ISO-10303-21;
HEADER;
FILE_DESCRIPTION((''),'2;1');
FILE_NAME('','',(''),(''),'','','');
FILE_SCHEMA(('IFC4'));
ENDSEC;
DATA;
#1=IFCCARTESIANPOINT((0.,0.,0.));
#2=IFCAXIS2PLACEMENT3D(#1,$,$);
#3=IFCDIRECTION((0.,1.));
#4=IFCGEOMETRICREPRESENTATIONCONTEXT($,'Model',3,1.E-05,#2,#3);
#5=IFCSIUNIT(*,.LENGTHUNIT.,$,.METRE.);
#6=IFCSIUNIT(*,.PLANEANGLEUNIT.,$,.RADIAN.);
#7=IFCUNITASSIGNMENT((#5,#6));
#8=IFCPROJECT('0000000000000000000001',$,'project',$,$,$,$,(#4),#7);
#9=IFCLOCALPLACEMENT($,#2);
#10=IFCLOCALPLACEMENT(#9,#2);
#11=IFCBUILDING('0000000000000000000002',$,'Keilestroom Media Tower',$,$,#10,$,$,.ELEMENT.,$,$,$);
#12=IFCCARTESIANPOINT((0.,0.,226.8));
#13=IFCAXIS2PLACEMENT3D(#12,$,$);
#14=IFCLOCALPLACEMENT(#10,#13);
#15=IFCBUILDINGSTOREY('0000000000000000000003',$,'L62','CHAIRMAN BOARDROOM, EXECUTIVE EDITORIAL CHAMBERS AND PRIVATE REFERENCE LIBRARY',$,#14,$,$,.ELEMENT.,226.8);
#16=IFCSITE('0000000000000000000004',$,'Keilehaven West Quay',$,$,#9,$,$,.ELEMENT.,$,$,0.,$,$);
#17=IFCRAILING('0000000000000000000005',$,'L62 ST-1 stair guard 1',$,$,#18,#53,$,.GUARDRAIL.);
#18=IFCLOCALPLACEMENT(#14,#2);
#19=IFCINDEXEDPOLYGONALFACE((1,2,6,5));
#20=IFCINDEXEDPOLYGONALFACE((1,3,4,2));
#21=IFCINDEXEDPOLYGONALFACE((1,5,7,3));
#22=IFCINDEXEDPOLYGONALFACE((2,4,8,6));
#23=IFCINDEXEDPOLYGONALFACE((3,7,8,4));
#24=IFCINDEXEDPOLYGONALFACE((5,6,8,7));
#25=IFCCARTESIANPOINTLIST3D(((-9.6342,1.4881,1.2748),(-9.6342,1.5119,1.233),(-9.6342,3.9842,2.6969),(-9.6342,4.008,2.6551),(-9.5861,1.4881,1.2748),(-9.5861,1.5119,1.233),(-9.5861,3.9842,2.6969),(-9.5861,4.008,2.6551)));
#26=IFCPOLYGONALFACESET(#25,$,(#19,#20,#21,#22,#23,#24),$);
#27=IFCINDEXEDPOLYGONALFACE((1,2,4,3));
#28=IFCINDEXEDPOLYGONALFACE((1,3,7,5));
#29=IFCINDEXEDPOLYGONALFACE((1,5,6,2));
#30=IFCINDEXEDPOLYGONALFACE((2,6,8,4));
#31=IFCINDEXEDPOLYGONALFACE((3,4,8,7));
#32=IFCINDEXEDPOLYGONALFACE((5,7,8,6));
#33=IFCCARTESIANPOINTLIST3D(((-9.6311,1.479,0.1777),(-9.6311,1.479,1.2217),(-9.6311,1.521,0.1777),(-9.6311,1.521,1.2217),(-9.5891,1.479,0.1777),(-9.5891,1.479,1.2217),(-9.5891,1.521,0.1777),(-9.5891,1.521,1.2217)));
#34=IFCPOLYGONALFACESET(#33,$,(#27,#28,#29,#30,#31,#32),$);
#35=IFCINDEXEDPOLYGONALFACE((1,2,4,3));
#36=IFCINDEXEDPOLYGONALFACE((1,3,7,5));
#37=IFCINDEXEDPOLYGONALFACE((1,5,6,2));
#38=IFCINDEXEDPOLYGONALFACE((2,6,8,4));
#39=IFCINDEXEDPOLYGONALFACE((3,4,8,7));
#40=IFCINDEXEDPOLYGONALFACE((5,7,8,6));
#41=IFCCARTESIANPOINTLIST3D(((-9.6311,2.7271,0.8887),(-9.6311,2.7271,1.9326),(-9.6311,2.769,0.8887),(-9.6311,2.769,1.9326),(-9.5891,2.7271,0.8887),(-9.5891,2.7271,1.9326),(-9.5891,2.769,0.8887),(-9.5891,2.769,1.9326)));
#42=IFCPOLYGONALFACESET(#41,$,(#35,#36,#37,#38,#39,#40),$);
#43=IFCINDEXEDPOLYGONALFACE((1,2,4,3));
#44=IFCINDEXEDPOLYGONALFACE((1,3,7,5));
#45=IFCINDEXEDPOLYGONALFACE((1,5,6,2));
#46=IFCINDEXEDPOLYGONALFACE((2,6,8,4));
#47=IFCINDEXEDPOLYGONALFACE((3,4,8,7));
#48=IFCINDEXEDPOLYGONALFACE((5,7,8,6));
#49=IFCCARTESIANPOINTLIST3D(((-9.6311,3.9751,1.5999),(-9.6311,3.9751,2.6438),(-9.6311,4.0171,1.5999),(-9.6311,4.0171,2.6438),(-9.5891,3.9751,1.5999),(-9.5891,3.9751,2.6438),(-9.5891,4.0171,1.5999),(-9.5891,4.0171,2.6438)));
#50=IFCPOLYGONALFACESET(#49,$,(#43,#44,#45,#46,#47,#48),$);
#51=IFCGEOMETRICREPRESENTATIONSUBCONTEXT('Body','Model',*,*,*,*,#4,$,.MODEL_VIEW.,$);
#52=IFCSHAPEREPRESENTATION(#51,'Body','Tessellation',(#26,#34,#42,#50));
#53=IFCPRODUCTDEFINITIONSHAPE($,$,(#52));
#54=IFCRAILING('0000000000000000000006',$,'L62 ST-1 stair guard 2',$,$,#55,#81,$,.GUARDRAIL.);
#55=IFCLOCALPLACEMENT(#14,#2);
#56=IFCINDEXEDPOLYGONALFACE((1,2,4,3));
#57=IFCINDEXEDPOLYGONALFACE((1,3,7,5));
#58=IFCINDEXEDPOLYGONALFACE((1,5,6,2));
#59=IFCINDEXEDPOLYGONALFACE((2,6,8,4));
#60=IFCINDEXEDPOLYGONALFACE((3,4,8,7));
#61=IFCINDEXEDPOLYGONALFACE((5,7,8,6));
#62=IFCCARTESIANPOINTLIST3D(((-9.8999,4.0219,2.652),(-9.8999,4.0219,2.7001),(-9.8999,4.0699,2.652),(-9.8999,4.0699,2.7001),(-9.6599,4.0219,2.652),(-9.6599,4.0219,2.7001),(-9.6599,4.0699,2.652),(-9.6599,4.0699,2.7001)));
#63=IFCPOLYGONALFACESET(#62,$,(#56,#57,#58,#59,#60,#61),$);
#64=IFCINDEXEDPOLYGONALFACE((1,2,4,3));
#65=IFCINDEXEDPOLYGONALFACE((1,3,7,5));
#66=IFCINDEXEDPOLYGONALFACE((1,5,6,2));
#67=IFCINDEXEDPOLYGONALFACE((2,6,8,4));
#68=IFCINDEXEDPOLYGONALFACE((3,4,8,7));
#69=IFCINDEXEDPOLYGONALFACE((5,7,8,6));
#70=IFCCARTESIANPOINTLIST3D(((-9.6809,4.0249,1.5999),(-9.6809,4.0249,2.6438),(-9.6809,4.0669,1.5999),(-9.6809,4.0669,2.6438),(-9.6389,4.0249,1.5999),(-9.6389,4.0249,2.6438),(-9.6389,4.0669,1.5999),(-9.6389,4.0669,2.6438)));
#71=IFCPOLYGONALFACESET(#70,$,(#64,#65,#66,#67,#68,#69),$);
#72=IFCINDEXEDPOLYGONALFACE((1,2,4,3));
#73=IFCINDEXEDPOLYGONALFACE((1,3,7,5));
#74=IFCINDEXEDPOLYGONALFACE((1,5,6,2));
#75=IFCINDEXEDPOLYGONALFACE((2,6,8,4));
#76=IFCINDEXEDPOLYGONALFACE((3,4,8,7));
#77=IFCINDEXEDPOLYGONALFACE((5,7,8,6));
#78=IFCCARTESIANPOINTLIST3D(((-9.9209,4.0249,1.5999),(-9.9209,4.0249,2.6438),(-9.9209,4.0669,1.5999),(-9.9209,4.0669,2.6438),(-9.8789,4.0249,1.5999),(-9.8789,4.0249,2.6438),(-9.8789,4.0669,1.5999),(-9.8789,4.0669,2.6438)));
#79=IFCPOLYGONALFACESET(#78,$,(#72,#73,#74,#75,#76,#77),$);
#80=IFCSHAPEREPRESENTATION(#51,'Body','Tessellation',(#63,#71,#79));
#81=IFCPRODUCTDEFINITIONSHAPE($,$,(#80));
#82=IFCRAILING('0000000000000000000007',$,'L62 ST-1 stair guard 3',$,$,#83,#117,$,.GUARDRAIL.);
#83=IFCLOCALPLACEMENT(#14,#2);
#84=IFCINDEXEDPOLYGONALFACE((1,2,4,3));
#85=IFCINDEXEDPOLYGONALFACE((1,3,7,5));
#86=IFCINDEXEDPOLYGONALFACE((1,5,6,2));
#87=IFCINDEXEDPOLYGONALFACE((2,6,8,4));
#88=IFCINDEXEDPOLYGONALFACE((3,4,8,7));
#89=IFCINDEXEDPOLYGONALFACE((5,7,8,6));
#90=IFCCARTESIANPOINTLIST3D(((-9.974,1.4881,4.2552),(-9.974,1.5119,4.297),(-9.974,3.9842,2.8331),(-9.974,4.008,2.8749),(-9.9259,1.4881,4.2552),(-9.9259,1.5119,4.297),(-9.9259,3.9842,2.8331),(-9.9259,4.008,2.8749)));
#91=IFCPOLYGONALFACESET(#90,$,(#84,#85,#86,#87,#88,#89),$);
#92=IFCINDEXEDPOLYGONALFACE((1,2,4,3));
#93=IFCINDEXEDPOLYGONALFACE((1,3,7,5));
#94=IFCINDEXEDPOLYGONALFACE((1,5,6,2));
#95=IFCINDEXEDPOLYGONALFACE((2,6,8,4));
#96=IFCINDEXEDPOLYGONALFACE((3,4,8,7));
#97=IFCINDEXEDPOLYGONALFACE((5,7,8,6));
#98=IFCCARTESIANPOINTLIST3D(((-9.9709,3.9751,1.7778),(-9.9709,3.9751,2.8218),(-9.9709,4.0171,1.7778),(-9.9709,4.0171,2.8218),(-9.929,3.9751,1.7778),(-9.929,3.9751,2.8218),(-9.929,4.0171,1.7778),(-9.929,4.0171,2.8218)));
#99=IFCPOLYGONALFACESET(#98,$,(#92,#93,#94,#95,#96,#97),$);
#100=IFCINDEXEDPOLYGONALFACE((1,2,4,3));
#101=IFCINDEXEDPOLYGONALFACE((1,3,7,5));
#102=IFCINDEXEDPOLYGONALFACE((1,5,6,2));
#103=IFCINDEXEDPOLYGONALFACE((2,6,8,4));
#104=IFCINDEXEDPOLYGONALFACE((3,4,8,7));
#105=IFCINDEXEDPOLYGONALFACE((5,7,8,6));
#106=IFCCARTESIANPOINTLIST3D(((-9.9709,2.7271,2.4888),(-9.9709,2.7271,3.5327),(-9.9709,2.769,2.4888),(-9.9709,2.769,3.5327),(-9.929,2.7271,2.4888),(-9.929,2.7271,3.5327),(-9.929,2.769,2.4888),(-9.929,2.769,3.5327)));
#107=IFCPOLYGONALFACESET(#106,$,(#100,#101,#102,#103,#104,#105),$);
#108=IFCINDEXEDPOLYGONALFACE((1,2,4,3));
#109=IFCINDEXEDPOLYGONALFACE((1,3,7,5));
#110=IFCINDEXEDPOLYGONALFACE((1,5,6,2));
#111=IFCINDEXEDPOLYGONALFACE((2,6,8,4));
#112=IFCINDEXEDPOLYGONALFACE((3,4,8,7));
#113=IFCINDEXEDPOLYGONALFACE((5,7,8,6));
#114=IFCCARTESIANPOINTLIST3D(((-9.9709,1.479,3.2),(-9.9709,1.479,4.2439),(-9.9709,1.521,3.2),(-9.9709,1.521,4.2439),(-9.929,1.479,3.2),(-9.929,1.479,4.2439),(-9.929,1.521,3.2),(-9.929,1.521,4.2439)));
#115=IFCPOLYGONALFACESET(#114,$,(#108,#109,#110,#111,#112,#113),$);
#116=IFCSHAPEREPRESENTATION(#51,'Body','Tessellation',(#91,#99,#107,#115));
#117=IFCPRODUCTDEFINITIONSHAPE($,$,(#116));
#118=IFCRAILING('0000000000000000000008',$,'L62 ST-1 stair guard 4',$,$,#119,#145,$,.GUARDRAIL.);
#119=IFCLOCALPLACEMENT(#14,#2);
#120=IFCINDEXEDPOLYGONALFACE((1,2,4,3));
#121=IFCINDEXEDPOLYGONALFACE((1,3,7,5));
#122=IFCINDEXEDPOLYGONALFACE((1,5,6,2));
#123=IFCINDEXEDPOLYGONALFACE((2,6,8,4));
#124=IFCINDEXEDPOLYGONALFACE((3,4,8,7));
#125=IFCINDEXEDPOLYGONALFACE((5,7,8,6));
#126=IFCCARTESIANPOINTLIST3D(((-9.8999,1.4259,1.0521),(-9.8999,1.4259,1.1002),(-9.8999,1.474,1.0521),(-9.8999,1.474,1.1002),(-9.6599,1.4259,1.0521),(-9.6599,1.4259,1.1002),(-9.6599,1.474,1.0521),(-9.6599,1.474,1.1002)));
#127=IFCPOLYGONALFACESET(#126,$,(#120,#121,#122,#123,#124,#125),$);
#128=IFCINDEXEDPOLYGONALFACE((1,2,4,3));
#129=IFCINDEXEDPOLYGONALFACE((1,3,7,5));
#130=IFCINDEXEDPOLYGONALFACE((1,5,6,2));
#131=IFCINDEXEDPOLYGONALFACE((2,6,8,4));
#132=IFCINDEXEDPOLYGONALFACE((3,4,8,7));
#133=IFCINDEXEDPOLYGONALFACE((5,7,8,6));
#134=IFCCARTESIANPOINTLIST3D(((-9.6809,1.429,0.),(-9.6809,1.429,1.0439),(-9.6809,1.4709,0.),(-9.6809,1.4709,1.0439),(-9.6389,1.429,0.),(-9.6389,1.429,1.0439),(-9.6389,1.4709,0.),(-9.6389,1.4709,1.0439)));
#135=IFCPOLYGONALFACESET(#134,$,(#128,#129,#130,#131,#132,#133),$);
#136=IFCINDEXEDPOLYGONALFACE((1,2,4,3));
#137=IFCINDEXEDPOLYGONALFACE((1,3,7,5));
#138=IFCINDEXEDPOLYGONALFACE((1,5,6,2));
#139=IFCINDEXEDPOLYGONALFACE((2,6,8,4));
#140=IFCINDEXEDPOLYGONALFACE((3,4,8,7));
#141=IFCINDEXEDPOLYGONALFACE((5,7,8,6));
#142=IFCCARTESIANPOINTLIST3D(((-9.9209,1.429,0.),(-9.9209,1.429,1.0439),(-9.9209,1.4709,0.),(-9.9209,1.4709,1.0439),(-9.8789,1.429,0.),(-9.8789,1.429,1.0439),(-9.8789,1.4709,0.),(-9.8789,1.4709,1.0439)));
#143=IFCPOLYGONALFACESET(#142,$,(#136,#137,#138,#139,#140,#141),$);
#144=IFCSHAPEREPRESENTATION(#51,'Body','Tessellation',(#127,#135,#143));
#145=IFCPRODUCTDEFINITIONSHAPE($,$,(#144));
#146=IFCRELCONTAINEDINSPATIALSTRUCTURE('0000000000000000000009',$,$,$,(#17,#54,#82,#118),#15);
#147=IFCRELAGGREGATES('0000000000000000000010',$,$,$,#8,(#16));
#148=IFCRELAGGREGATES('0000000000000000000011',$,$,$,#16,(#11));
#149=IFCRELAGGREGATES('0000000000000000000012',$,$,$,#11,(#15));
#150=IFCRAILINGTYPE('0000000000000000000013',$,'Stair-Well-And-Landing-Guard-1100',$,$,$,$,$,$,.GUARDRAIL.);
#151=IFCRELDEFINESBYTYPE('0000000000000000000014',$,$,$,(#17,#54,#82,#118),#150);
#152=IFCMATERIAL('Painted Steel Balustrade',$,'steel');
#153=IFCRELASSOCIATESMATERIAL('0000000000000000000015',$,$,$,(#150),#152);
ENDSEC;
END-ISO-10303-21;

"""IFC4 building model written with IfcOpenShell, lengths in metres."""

from ifc_helpers import new_model, si_unit, direction, frame, origin, origin_2d, place, context, subcontext, project, spatial, rectangle, extrude, material, type_object, element, save


model = new_model("IFC4")

# Units and contexts
model_context = context("Model", 3, precision=1e-05, world=origin(), true_north=direction((0.0, 1.0)))
body_context = subcontext(model_context, "Body", "Model", "MODEL_VIEW")
ifc_project = project(units=[si_unit("LENGTHUNIT", "METRE"), si_unit("PLANEANGLEUNIT", "RADIAN")], contexts=[model_context])

# Site, building, storey
site_placement = place(None, origin())
site = spatial("IfcSite", under=ifc_project, at=site_placement, Name="Keilehaven West Quay", CompositionType="ELEMENT", RefElevation=0.0)
building_placement = place(site_placement, origin())
building = spatial("IfcBuilding", under=site, at=building_placement, Name="Keilestroom Media Tower", CompositionType="ELEMENT")
storey_placement = place(building_placement, frame((0.0, 0.0, 226.8)))
storey = spatial("IfcBuildingStorey", under=building, at=storey_placement, Name="L62", Description="CHAIRMAN BOARDROOM, EXECUTIVE EDITORIAL CHAMBERS AND PRIVATE REFERENCE LIBRARY", CompositionType="ELEMENT", Elevation=226.8)

# Railings
ifc_material_1 = material(Name="Painted Steel Balustrade", Category="steel")
railing_type_1 = type_object("IfcRailingType", Name="Stair-Well-And-Landing-Guard-1100", PredefinedType="GUARDRAIL", material=ifc_material_1)
railing_1_placement = place(storey_placement, frame((-9.6101, 1.5, 0.1777)))
element("IfcRailing", 1, at=railing_1_placement, inside=storey, type_object=railing_type_1, Name="L62 ST-1 stair guard 1", PredefinedType="GUARDRAIL", context=body_context, shape_type="SweptSolid", body=[
    extrude(rectangle(XDim=0.0481, YDim=0.0481, at=origin_2d()), frame((0.0, 0.0, 1.0762), z_axis=(0.0, 0.868875, 0.495031), x_axis=(-1.0, 0.0, 0.0)), (0.0, 0.0, 1.0), 2.8728),
    extrude(rectangle(XDim=0.042, YDim=0.042, at=origin_2d()), origin(), (0.0, 0.0, 1.0), 1.0439),
    extrude(rectangle(XDim=0.042, YDim=0.042, at=origin_2d()), frame((0.0, 1.248, 0.7109)), (0.0, 0.0, 1.0), 1.0439),
    extrude(rectangle(XDim=0.042, YDim=0.042, at=origin_2d()), frame((0.0, 2.4961, 1.4221)), (0.0, 0.0, 1.0), 1.0439),
])
railing_2_placement = place(storey_placement, frame((-9.6599, 4.0459, 1.5999)))
element("IfcRailing", 2, at=railing_2_placement, inside=storey, type_object=railing_type_1, Name="L62 ST-1 stair guard 2", PredefinedType="GUARDRAIL", context=body_context, shape_type="SweptSolid", body=[
    extrude(rectangle(XDim=0.0481, YDim=0.0481, at=origin_2d()), frame((0.0, 0.0, 1.0762), z_axis=(-1.0, 0.0, 0.0), x_axis=(0.0, -1.0, 0.0)), (0.0, 0.0, 1.0), 0.24),
    extrude(rectangle(XDim=0.042, YDim=0.042, at=origin_2d()), origin(), (0.0, 0.0, 1.0), 1.0439),
    extrude(rectangle(XDim=0.042, YDim=0.042, at=origin_2d()), frame((-0.24, 0.0, 0.0)), (0.0, 0.0, 1.0), 1.0439),
])
railing_3_placement = place(storey_placement, frame((-9.95, 3.9961, 1.7778)))
element("IfcRailing", 3, at=railing_3_placement, inside=storey, type_object=railing_type_1, Name="L62 ST-1 stair guard 3", PredefinedType="GUARDRAIL", context=body_context, shape_type="SweptSolid", body=[
    extrude(rectangle(XDim=0.0481, YDim=0.0481, at=origin_2d()), frame((0.0, 0.0, 1.0762), z_axis=(0.0, -0.868875, 0.495031), x_axis=(1.0, 0.0, 0.0)), (0.0, 0.0, 1.0), 2.8728),
    extrude(rectangle(XDim=0.042, YDim=0.042, at=origin_2d()), origin(), (0.0, 0.0, 1.0), 1.0439),
    extrude(rectangle(XDim=0.042, YDim=0.042, at=origin_2d()), frame((0.0, -1.248, 0.7109)), (0.0, 0.0, 1.0), 1.0439),
    extrude(rectangle(XDim=0.042, YDim=0.042, at=origin_2d()), frame((0.0, -2.4961, 1.4221)), (0.0, 0.0, 1.0), 1.0439),
])
railing_4_placement = place(storey_placement, frame((-9.6599, 1.45, 0.0)))
element("IfcRailing", 4, at=railing_4_placement, inside=storey, type_object=railing_type_1, Name="L62 ST-1 stair guard 4", PredefinedType="GUARDRAIL", context=body_context, shape_type="SweptSolid", body=[
    extrude(rectangle(XDim=0.0481, YDim=0.0481, at=origin_2d()), frame((0.0, 0.0, 1.0762), z_axis=(-1.0, 0.0, 0.0), x_axis=(0.0, -1.0, 0.0)), (0.0, 0.0, 1.0), 0.24),
    extrude(rectangle(XDim=0.042, YDim=0.042, at=origin_2d()), origin(), (0.0, 0.0, 1.0), 1.0439),
    extrude(rectangle(XDim=0.042, YDim=0.042, at=origin_2d()), frame((-0.24, 0.0, 0.0)), (0.0, 0.0, 1.0), 1.0439),
])

save(model, "model.ifc")
